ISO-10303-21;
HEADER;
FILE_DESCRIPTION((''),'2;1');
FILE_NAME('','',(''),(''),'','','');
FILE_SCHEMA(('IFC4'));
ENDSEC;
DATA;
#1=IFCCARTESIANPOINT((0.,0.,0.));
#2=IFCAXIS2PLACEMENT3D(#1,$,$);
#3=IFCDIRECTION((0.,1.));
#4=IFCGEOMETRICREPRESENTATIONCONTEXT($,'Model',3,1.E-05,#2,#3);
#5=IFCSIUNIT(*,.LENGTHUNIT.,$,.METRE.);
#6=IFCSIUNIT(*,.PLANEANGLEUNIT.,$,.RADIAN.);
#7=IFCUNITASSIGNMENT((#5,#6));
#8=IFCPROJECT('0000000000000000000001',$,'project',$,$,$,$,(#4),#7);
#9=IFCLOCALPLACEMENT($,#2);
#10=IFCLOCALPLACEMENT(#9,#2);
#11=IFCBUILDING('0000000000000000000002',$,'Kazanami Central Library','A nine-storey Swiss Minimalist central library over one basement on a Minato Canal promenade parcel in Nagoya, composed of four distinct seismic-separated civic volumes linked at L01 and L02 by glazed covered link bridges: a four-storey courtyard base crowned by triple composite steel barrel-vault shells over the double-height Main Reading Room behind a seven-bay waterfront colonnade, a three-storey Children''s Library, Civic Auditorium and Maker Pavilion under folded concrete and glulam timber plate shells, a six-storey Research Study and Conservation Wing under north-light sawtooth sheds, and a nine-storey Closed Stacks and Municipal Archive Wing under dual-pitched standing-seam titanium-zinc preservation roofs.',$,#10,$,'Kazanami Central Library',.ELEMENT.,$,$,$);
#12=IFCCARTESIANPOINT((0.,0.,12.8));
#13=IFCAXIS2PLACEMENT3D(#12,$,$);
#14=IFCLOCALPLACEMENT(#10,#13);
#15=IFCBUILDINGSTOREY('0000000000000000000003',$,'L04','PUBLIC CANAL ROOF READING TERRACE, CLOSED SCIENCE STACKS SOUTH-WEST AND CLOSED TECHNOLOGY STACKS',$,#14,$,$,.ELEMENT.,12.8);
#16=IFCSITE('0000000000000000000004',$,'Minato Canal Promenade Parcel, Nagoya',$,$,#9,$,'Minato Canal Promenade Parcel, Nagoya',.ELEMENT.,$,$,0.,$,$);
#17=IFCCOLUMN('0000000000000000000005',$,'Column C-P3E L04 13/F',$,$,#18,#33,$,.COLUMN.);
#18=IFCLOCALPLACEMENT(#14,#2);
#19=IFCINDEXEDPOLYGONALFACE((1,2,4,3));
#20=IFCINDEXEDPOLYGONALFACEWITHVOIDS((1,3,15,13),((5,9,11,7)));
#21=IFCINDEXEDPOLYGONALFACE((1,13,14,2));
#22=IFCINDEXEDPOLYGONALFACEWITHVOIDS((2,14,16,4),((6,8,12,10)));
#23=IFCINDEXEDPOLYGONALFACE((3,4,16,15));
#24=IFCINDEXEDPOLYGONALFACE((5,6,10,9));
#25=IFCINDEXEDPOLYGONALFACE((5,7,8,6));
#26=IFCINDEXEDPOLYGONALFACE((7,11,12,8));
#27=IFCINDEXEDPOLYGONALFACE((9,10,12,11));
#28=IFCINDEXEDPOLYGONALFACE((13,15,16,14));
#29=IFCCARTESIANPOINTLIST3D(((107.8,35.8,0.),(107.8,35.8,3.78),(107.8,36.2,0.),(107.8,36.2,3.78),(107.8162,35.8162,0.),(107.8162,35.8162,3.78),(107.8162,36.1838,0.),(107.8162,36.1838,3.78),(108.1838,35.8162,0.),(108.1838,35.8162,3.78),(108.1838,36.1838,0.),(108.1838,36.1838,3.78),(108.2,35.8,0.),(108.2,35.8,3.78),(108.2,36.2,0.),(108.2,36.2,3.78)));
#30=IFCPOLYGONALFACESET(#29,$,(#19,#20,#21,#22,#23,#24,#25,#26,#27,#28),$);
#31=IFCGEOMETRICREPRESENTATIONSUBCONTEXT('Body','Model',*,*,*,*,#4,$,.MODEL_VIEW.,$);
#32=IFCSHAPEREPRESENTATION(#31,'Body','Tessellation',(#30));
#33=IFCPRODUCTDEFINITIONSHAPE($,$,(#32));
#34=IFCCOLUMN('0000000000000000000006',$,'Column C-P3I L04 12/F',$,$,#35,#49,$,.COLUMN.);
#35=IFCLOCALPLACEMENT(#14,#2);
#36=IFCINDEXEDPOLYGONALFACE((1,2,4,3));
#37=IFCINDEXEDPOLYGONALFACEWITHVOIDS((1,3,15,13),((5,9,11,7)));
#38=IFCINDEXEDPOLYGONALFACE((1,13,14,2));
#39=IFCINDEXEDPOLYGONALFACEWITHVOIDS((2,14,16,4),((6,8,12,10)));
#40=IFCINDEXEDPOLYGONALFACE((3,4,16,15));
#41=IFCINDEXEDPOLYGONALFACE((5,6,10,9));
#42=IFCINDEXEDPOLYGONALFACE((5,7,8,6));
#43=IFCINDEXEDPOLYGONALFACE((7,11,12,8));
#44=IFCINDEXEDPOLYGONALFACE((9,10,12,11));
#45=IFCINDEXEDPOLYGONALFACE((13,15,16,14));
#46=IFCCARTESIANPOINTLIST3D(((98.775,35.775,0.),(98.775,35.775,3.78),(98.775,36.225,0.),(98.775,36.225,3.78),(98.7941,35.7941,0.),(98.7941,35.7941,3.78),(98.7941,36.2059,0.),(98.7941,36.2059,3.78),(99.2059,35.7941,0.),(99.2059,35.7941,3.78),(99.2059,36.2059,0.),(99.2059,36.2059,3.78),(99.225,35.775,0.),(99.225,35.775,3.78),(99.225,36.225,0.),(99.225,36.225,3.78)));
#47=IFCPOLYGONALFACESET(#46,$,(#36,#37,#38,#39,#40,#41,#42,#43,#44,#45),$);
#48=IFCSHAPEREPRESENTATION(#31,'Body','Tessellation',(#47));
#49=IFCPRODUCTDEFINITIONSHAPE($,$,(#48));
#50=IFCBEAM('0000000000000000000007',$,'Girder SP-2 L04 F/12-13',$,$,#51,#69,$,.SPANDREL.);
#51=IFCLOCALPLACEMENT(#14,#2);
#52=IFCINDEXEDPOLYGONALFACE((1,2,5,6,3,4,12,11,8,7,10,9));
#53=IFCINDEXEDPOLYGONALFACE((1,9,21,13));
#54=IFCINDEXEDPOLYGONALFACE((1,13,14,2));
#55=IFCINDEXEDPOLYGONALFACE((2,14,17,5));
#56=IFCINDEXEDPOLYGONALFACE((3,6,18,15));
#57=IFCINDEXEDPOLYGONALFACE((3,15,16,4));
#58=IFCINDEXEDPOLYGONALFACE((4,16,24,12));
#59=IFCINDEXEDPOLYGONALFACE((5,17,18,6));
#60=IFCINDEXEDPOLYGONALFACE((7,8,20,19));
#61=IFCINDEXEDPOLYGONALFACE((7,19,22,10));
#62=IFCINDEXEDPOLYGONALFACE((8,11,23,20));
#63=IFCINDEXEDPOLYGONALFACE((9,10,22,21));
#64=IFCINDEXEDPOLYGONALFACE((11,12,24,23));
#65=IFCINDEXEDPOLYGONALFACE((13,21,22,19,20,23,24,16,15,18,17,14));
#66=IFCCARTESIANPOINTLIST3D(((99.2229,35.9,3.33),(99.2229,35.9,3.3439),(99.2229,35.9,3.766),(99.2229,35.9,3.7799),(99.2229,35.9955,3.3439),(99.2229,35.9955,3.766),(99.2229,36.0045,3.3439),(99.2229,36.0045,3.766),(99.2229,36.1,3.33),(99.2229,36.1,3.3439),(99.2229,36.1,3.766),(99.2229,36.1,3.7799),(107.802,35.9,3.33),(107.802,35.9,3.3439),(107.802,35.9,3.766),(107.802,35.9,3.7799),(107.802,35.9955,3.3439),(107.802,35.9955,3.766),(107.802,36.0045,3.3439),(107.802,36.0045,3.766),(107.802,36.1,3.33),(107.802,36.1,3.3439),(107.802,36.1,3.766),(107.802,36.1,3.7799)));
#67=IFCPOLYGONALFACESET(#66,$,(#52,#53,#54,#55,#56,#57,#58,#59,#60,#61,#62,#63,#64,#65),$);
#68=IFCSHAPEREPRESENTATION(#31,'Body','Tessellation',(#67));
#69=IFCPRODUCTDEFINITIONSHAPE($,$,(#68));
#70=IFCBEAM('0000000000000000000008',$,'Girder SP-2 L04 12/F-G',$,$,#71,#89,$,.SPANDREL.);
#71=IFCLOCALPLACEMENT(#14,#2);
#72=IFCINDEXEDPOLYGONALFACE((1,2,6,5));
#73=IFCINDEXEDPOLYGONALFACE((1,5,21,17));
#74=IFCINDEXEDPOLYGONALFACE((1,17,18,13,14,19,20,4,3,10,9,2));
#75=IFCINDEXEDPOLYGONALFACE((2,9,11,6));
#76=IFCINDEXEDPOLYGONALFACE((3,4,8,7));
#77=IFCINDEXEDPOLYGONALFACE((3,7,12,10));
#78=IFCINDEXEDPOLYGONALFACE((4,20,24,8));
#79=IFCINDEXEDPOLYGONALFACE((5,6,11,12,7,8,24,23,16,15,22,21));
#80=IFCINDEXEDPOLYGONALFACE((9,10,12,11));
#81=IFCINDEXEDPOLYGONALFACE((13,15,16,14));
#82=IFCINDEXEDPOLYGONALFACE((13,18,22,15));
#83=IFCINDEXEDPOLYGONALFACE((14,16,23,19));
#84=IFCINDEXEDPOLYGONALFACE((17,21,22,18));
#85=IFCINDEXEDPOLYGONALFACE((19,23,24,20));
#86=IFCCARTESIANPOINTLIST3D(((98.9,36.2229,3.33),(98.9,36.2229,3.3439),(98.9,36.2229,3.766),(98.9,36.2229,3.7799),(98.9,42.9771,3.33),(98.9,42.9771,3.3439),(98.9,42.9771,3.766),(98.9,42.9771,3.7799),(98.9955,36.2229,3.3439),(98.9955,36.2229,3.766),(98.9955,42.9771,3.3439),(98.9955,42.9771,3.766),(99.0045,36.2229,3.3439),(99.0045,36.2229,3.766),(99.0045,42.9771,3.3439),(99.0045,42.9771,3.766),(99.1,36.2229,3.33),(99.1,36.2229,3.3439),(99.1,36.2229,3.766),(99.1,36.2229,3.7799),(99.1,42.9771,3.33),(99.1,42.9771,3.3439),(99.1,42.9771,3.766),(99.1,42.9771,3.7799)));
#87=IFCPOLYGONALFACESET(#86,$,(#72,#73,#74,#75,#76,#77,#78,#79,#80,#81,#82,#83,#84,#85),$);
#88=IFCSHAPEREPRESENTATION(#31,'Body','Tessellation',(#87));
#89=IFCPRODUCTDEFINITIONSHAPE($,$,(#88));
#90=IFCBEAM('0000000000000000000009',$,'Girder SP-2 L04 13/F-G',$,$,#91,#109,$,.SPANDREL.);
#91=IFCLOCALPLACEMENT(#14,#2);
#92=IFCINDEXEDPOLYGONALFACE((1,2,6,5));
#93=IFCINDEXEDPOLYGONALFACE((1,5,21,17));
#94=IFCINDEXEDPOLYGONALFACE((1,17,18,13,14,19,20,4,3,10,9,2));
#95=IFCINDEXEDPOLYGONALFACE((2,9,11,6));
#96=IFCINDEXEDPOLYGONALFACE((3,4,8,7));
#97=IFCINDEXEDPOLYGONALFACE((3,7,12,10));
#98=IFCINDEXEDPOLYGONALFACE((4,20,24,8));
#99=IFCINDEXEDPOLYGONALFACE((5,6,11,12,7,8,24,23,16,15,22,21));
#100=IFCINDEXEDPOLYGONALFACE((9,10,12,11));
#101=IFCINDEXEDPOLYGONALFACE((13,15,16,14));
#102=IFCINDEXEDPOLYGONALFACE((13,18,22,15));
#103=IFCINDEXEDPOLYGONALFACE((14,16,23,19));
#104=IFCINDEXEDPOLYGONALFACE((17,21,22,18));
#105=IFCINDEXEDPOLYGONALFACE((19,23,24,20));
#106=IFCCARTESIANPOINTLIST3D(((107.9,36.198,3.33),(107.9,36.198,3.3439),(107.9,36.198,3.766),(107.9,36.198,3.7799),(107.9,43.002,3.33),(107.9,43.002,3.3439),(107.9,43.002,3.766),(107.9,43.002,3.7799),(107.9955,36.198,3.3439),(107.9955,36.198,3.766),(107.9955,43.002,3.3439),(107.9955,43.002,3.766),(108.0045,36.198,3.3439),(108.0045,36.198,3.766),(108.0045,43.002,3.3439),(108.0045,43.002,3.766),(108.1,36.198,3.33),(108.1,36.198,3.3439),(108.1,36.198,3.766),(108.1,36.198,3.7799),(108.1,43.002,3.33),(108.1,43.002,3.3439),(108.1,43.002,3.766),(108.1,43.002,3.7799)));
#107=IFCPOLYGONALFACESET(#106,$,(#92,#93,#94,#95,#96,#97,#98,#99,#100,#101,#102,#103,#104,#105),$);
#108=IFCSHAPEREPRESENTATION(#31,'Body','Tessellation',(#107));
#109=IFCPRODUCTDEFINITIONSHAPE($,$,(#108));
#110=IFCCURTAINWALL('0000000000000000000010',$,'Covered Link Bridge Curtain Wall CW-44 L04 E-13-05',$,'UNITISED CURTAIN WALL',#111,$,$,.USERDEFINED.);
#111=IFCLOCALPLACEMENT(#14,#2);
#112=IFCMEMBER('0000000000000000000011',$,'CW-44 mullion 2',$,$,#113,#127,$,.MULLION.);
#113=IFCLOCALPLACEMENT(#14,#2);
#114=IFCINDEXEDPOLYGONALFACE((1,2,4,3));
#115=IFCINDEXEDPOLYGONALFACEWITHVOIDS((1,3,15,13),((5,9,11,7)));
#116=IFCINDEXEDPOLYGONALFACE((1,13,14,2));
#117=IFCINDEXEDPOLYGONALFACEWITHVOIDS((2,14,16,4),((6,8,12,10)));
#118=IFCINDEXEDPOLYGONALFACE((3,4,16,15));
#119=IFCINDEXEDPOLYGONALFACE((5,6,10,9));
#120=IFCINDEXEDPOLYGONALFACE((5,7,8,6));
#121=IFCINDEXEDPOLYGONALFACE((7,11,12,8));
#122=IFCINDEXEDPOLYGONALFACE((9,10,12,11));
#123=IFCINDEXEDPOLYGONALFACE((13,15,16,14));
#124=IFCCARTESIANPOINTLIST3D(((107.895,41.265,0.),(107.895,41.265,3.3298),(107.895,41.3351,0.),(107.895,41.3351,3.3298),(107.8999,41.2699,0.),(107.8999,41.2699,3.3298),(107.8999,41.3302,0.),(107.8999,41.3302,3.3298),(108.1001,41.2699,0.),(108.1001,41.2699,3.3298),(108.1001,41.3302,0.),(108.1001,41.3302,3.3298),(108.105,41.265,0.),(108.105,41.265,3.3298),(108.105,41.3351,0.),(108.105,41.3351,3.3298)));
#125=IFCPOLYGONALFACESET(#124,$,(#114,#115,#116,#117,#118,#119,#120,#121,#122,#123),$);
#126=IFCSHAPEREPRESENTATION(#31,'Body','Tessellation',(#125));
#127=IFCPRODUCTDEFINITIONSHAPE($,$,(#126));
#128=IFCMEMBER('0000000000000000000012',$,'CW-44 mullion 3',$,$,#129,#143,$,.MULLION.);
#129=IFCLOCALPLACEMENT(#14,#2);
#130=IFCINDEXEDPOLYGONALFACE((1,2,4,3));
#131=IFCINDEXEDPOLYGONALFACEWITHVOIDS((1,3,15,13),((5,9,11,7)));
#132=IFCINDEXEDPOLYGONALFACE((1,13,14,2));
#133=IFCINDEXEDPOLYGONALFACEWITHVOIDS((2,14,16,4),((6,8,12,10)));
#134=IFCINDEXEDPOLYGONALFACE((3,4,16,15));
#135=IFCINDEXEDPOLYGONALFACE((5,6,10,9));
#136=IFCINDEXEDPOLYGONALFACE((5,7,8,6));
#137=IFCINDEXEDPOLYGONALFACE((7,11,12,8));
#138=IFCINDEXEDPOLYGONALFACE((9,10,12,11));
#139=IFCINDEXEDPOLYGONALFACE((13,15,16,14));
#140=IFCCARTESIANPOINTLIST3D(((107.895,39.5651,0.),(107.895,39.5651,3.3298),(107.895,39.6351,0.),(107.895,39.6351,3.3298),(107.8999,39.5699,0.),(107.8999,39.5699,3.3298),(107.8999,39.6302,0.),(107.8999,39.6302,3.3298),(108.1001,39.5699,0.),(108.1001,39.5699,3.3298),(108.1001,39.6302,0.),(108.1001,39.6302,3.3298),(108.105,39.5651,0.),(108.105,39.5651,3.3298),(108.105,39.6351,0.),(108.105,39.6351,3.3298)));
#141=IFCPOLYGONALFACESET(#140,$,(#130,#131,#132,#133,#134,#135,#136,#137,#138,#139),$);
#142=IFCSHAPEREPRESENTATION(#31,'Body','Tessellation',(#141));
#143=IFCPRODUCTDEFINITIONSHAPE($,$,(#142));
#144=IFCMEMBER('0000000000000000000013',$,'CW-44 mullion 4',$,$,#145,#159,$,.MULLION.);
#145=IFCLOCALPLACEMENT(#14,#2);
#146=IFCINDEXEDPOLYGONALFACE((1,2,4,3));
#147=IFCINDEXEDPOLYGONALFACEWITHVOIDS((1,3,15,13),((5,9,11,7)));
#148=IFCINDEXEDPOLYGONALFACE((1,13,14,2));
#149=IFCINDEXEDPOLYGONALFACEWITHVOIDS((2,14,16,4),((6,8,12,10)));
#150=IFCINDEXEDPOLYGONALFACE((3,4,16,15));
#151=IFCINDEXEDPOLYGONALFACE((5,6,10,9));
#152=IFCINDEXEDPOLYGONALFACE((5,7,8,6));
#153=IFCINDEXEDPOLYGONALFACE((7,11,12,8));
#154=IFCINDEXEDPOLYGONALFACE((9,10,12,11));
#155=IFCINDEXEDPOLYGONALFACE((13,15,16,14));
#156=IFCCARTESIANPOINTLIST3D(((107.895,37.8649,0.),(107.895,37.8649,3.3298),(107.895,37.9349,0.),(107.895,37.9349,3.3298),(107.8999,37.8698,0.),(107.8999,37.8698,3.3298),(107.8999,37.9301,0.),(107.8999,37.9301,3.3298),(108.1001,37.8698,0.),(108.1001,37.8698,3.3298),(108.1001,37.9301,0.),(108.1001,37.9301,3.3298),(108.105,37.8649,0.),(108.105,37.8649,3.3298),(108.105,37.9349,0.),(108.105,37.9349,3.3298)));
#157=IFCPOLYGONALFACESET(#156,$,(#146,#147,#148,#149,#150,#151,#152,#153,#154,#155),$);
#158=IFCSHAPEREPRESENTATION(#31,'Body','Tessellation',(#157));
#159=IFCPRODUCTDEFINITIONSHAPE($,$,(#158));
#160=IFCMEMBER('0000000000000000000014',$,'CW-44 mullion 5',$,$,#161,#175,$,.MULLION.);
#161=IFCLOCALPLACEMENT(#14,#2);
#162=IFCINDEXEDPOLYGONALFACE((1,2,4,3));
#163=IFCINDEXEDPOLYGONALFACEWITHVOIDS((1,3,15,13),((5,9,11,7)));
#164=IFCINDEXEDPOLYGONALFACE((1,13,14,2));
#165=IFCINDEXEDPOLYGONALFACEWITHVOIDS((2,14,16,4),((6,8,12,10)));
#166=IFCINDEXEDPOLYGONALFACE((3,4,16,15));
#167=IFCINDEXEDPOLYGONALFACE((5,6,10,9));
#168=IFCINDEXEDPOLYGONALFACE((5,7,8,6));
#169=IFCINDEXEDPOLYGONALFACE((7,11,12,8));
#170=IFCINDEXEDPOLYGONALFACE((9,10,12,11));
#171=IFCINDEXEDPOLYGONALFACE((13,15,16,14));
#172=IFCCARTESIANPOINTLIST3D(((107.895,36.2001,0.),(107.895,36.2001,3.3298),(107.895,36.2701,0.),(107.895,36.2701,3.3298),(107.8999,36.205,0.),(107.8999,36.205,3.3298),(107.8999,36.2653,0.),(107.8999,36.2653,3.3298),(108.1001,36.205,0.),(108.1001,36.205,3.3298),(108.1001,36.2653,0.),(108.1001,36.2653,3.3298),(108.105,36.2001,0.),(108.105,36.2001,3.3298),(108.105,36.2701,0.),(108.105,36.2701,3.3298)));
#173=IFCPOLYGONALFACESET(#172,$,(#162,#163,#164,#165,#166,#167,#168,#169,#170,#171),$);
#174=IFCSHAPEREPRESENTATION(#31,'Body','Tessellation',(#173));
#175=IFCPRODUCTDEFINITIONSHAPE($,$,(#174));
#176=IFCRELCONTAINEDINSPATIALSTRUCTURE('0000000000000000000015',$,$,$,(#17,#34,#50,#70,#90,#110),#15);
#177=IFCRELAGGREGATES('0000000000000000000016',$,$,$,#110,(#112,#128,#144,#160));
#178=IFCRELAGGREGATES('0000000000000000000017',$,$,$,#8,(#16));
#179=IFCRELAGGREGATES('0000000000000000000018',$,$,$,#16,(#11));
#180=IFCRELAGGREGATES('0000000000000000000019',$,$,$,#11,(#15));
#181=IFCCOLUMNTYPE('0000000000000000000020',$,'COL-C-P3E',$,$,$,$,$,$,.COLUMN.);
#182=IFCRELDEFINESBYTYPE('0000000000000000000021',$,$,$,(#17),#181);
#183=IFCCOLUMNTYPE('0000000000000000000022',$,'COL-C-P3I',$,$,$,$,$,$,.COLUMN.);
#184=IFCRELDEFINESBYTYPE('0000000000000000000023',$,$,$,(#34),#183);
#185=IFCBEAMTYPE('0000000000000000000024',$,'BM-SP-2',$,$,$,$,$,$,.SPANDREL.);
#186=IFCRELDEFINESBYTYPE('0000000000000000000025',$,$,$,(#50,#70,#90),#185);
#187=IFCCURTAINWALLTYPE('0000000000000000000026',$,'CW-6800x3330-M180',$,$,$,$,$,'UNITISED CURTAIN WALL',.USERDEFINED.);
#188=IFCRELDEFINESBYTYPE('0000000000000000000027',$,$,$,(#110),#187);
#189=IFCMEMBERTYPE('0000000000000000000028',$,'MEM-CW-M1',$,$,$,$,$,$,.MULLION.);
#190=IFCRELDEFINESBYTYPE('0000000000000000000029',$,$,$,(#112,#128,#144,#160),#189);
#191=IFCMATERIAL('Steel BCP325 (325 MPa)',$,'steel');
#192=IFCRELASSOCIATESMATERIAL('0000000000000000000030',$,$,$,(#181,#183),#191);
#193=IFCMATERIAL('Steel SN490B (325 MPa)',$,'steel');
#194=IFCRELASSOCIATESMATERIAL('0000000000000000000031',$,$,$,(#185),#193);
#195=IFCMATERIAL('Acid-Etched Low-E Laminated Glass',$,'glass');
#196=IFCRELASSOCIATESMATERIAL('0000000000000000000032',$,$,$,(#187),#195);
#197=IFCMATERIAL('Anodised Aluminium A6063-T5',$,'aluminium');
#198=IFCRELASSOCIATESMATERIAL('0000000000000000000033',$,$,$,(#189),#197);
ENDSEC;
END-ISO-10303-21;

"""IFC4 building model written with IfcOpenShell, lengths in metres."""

from ifc_helpers import new_model, si_unit, direction, frame, origin, origin_2d, place, context, subcontext, project, spatial, hollow_rectangle, i_section, extrude, material, material_profile, profile_set, type_object, element, aggregate, save


model = new_model("IFC4")

# Units and contexts
model_context = context("Model", 3, precision=1e-05, world=origin(), true_north=direction((0.0, 1.0)))
body_context = subcontext(model_context, "Body", "Model", "MODEL_VIEW")
ifc_project = project(units=[si_unit("LENGTHUNIT", "METRE"), si_unit("PLANEANGLEUNIT", "RADIAN")], contexts=[model_context])

# Site, building, storey
site_placement = place(None, origin())
site = spatial("IfcSite", under=ifc_project, at=site_placement, Name="Minato Canal Promenade Parcel, Nagoya", LongName="Minato Canal Promenade Parcel, Nagoya", CompositionType="ELEMENT", RefElevation=0.0)
building_placement = place(site_placement, origin())
building = spatial("IfcBuilding", under=site, at=building_placement, Name="Kazanami Central Library", Description="A nine-storey Swiss Minimalist central library over one basement on a Minato Canal promenade parcel in Nagoya, composed of four distinct seismic-separated civic volumes linked at L01 and L02 by glazed covered link bridges: a four-storey courtyard base crowned by triple composite steel barrel-vault shells over the double-height Main Reading Room behind a seven-bay waterfront colonnade, a three-storey Children's Library, Civic Auditorium and Maker Pavilion under folded concrete and glulam timber plate shells, a six-storey Research Study and Conservation Wing under north-light sawtooth sheds, and a nine-storey Closed Stacks and Municipal Archive Wing under dual-pitched standing-seam titanium-zinc preservation roofs.", LongName="Kazanami Central Library", CompositionType="ELEMENT")
storey_placement = place(building_placement, frame((0.0, 0.0, 12.8)))
storey = spatial("IfcBuildingStorey", under=building, at=storey_placement, Name="L04", Description="PUBLIC CANAL ROOF READING TERRACE, CLOSED SCIENCE STACKS SOUTH-WEST AND CLOSED TECHNOLOGY STACKS", CompositionType="ELEMENT", Elevation=12.8)

# Columns
ifc_material_1 = material(Name="Steel BCP325 (325 MPa)", Category="steel")
ifc_material_profile_1 = material_profile(ifc_material_1, hollow_rectangle(XDim=0.3999, YDim=0.3999, WallThickness=0.0161, at=origin_2d()), Name="BCP-400x400x16")
ifc_profile_set_1 = profile_set([ifc_material_profile_1], Name="Steel BCP325 (325 MPa)")
column_type_1 = type_object("IfcColumnType", Name="COL-C-P3E", PredefinedType="COLUMN", material=ifc_profile_set_1)
column_1_placement = place(storey_placement, frame((108.0, 36.0, 0.0), z_axis=(0.0, 0.0, 1.0), x_axis=(1.0, 0.0, 0.0)))
element("IfcColumn", 1, at=column_1_placement, inside=storey, type_object=column_type_1, Name="Column C-P3E L04 13/F", PredefinedType="COLUMN", context=body_context, shape_type="SweptSolid", body=[
    extrude(hollow_rectangle(XDim=0.3999, YDim=0.3999, WallThickness=0.0161, at=origin_2d()), origin(), (0.0, 0.0, 1.0), 3.78),
])
ifc_material_profile_2 = material_profile(ifc_material_1, hollow_rectangle(XDim=0.45, YDim=0.45, WallThickness=0.019, at=origin_2d()), Name="BCP-450x450x19")
ifc_profile_set_2 = profile_set([ifc_material_profile_2], Name="Steel BCP325 (325 MPa)")
column_type_2 = type_object("IfcColumnType", Name="COL-C-P3I", PredefinedType="COLUMN", material=ifc_profile_set_2)
column_2_placement = place(storey_placement, frame((99.0, 36.0, 0.0), z_axis=(0.0, 0.0, 1.0), x_axis=(1.0, 0.0, 0.0)))
element("IfcColumn", 2, at=column_2_placement, inside=storey, type_object=column_type_2, Name="Column C-P3I L04 12/F", PredefinedType="COLUMN", context=body_context, shape_type="SweptSolid", body=[
    extrude(hollow_rectangle(XDim=0.45, YDim=0.45, WallThickness=0.019, at=origin_2d()), origin(), (0.0, 0.0, 1.0), 3.78),
])

# Beams
ifc_material_2 = material(Name="Steel SN490B (325 MPa)", Category="steel")
ifc_material_profile_3 = material_profile(ifc_material_2, i_section(OverallWidth=0.2, OverallDepth=0.45, WebThickness=0.009, FlangeThickness=0.0139, at=origin_2d()), Name="H-450x200x9x14")
ifc_profile_set_3 = profile_set([ifc_material_profile_3], Name="Steel SN490B (325 MPa)")
beam_type = type_object("IfcBeamType", Name="BM-SP-2", PredefinedType="SPANDREL", material=ifc_profile_set_3)
beam_1_placement = place(storey_placement, frame((99.2229, 36.0, 3.5549), z_axis=(1.0, 0.0, 0.0), x_axis=(0.0, 1.0, 0.0)))
element("IfcBeam", 3, at=beam_1_placement, inside=storey, type_object=beam_type, Name="Girder SP-2 L04 F/12-13", PredefinedType="SPANDREL", context=body_context, shape_type="SweptSolid", body=[
    extrude(i_section(OverallWidth=0.2, OverallDepth=0.45, WebThickness=0.009, FlangeThickness=0.0139, at=origin_2d()), origin(), (0.0, 0.0, 1.0), 8.5791),
])
beam_2_placement = place(storey_placement, frame((99.0, 36.2229, 3.5549), z_axis=(0.0, 1.0, 0.0), x_axis=(-1.0, 0.0, 0.0)))
element("IfcBeam", 4, at=beam_2_placement, inside=storey, type_object=beam_type, Name="Girder SP-2 L04 12/F-G", PredefinedType="SPANDREL", context=body_context, shape_type="SweptSolid", body=[
    extrude(i_section(OverallWidth=0.2, OverallDepth=0.45, WebThickness=0.009, FlangeThickness=0.0139, at=origin_2d()), origin(), (0.0, 0.0, 1.0), 6.7542),
])
beam_3_placement = place(storey_placement, frame((108.0, 36.198, 3.5549), z_axis=(0.0, 1.0, 0.0), x_axis=(-1.0, 0.0, 0.0)))
element("IfcBeam", 5, at=beam_3_placement, inside=storey, type_object=beam_type, Name="Girder SP-2 L04 13/F-G", PredefinedType="SPANDREL", context=body_context, shape_type="SweptSolid", body=[
    extrude(i_section(OverallWidth=0.2, OverallDepth=0.45, WebThickness=0.009, FlangeThickness=0.0139, at=origin_2d()), origin(), (0.0, 0.0, 1.0), 6.804),
])

# Curtain wall, members
ifc_material_3 = material(Name="Acid-Etched Low-E Laminated Glass", Category="glass")
curtain_wall_type = type_object("IfcCurtainWallType", Name="CW-6800x3330-M180", ElementType="UNITISED CURTAIN WALL", PredefinedType="USERDEFINED", material=ifc_material_3)
curtain_wall_placement = place(storey_placement, origin())
curtain_wall = element("IfcCurtainWall", 6, at=curtain_wall_placement, inside=storey, type_object=curtain_wall_type, Name="Covered Link Bridge Curtain Wall CW-44 L04 E-13-05", ObjectType="UNITISED CURTAIN WALL", PredefinedType="USERDEFINED")
ifc_material_4 = material(Name="Anodised Aluminium A6063-T5", Category="aluminium")
ifc_material_profile_4 = material_profile(ifc_material_4, hollow_rectangle(XDim=0.0701, YDim=0.21, WallThickness=0.0049, at=origin_2d()), Name="ALU-MULL-70x210x5")
ifc_profile_set_4 = profile_set([ifc_material_profile_4], Name="Anodised Aluminium A6063-T5")
member_type_1 = type_object("IfcMemberType", Name="MEM-CW-M1", PredefinedType="MULLION", material=ifc_profile_set_4)
member_1_placement = place(storey_placement, frame((108.0, 41.3, 0.0), z_axis=(0.0, 0.0, 1.0), x_axis=(0.0, -1.0, 0.0)))
member_1 = element("IfcMember", 7, at=member_1_placement, type_object=member_type_1, Name="CW-44 mullion 2", PredefinedType="MULLION", context=body_context, shape_type="SweptSolid", body=[
    extrude(hollow_rectangle(XDim=0.0701, YDim=0.21, WallThickness=0.0049, at=origin_2d()), origin(), (0.0, 0.0, 1.0), 3.3298),
])
member_2_placement = place(storey_placement, frame((108.0, 39.6001, 0.0), z_axis=(0.0, 0.0, 1.0), x_axis=(0.0, -1.0, 0.0)))
member_2 = element("IfcMember", 8, at=member_2_placement, type_object=member_type_1, Name="CW-44 mullion 3", PredefinedType="MULLION", context=body_context, shape_type="SweptSolid", body=[
    extrude(hollow_rectangle(XDim=0.0701, YDim=0.21, WallThickness=0.0049, at=origin_2d()), origin(), (0.0, 0.0, 1.0), 3.3298),
])
member_3_placement = place(storey_placement, frame((108.0, 37.8999, 0.0), z_axis=(0.0, 0.0, 1.0), x_axis=(0.0, -1.0, 0.0)))
member_3 = element("IfcMember", 9, at=member_3_placement, type_object=member_type_1, Name="CW-44 mullion 4", PredefinedType="MULLION", context=body_context, shape_type="SweptSolid", body=[
    extrude(hollow_rectangle(XDim=0.0701, YDim=0.21, WallThickness=0.0049, at=origin_2d()), origin(), (0.0, 0.0, 1.0), 3.3298),
])
member_4_placement = place(storey_placement, frame((108.0, 36.2351, 0.0), z_axis=(0.0, 0.0, 1.0), x_axis=(0.0, -1.0, 0.0)))
member_4 = element("IfcMember", 10, at=member_4_placement, type_object=member_type_1, Name="CW-44 mullion 5", PredefinedType="MULLION", context=body_context, shape_type="SweptSolid", body=[
    extrude(hollow_rectangle(XDim=0.0701, YDim=0.21, WallThickness=0.0049, at=origin_2d()), origin(), (0.0, 0.0, 1.0), 3.3298),
])
aggregate(curtain_wall, [member_1, member_2, member_3, member_4])

save(model, "model.ifc")
